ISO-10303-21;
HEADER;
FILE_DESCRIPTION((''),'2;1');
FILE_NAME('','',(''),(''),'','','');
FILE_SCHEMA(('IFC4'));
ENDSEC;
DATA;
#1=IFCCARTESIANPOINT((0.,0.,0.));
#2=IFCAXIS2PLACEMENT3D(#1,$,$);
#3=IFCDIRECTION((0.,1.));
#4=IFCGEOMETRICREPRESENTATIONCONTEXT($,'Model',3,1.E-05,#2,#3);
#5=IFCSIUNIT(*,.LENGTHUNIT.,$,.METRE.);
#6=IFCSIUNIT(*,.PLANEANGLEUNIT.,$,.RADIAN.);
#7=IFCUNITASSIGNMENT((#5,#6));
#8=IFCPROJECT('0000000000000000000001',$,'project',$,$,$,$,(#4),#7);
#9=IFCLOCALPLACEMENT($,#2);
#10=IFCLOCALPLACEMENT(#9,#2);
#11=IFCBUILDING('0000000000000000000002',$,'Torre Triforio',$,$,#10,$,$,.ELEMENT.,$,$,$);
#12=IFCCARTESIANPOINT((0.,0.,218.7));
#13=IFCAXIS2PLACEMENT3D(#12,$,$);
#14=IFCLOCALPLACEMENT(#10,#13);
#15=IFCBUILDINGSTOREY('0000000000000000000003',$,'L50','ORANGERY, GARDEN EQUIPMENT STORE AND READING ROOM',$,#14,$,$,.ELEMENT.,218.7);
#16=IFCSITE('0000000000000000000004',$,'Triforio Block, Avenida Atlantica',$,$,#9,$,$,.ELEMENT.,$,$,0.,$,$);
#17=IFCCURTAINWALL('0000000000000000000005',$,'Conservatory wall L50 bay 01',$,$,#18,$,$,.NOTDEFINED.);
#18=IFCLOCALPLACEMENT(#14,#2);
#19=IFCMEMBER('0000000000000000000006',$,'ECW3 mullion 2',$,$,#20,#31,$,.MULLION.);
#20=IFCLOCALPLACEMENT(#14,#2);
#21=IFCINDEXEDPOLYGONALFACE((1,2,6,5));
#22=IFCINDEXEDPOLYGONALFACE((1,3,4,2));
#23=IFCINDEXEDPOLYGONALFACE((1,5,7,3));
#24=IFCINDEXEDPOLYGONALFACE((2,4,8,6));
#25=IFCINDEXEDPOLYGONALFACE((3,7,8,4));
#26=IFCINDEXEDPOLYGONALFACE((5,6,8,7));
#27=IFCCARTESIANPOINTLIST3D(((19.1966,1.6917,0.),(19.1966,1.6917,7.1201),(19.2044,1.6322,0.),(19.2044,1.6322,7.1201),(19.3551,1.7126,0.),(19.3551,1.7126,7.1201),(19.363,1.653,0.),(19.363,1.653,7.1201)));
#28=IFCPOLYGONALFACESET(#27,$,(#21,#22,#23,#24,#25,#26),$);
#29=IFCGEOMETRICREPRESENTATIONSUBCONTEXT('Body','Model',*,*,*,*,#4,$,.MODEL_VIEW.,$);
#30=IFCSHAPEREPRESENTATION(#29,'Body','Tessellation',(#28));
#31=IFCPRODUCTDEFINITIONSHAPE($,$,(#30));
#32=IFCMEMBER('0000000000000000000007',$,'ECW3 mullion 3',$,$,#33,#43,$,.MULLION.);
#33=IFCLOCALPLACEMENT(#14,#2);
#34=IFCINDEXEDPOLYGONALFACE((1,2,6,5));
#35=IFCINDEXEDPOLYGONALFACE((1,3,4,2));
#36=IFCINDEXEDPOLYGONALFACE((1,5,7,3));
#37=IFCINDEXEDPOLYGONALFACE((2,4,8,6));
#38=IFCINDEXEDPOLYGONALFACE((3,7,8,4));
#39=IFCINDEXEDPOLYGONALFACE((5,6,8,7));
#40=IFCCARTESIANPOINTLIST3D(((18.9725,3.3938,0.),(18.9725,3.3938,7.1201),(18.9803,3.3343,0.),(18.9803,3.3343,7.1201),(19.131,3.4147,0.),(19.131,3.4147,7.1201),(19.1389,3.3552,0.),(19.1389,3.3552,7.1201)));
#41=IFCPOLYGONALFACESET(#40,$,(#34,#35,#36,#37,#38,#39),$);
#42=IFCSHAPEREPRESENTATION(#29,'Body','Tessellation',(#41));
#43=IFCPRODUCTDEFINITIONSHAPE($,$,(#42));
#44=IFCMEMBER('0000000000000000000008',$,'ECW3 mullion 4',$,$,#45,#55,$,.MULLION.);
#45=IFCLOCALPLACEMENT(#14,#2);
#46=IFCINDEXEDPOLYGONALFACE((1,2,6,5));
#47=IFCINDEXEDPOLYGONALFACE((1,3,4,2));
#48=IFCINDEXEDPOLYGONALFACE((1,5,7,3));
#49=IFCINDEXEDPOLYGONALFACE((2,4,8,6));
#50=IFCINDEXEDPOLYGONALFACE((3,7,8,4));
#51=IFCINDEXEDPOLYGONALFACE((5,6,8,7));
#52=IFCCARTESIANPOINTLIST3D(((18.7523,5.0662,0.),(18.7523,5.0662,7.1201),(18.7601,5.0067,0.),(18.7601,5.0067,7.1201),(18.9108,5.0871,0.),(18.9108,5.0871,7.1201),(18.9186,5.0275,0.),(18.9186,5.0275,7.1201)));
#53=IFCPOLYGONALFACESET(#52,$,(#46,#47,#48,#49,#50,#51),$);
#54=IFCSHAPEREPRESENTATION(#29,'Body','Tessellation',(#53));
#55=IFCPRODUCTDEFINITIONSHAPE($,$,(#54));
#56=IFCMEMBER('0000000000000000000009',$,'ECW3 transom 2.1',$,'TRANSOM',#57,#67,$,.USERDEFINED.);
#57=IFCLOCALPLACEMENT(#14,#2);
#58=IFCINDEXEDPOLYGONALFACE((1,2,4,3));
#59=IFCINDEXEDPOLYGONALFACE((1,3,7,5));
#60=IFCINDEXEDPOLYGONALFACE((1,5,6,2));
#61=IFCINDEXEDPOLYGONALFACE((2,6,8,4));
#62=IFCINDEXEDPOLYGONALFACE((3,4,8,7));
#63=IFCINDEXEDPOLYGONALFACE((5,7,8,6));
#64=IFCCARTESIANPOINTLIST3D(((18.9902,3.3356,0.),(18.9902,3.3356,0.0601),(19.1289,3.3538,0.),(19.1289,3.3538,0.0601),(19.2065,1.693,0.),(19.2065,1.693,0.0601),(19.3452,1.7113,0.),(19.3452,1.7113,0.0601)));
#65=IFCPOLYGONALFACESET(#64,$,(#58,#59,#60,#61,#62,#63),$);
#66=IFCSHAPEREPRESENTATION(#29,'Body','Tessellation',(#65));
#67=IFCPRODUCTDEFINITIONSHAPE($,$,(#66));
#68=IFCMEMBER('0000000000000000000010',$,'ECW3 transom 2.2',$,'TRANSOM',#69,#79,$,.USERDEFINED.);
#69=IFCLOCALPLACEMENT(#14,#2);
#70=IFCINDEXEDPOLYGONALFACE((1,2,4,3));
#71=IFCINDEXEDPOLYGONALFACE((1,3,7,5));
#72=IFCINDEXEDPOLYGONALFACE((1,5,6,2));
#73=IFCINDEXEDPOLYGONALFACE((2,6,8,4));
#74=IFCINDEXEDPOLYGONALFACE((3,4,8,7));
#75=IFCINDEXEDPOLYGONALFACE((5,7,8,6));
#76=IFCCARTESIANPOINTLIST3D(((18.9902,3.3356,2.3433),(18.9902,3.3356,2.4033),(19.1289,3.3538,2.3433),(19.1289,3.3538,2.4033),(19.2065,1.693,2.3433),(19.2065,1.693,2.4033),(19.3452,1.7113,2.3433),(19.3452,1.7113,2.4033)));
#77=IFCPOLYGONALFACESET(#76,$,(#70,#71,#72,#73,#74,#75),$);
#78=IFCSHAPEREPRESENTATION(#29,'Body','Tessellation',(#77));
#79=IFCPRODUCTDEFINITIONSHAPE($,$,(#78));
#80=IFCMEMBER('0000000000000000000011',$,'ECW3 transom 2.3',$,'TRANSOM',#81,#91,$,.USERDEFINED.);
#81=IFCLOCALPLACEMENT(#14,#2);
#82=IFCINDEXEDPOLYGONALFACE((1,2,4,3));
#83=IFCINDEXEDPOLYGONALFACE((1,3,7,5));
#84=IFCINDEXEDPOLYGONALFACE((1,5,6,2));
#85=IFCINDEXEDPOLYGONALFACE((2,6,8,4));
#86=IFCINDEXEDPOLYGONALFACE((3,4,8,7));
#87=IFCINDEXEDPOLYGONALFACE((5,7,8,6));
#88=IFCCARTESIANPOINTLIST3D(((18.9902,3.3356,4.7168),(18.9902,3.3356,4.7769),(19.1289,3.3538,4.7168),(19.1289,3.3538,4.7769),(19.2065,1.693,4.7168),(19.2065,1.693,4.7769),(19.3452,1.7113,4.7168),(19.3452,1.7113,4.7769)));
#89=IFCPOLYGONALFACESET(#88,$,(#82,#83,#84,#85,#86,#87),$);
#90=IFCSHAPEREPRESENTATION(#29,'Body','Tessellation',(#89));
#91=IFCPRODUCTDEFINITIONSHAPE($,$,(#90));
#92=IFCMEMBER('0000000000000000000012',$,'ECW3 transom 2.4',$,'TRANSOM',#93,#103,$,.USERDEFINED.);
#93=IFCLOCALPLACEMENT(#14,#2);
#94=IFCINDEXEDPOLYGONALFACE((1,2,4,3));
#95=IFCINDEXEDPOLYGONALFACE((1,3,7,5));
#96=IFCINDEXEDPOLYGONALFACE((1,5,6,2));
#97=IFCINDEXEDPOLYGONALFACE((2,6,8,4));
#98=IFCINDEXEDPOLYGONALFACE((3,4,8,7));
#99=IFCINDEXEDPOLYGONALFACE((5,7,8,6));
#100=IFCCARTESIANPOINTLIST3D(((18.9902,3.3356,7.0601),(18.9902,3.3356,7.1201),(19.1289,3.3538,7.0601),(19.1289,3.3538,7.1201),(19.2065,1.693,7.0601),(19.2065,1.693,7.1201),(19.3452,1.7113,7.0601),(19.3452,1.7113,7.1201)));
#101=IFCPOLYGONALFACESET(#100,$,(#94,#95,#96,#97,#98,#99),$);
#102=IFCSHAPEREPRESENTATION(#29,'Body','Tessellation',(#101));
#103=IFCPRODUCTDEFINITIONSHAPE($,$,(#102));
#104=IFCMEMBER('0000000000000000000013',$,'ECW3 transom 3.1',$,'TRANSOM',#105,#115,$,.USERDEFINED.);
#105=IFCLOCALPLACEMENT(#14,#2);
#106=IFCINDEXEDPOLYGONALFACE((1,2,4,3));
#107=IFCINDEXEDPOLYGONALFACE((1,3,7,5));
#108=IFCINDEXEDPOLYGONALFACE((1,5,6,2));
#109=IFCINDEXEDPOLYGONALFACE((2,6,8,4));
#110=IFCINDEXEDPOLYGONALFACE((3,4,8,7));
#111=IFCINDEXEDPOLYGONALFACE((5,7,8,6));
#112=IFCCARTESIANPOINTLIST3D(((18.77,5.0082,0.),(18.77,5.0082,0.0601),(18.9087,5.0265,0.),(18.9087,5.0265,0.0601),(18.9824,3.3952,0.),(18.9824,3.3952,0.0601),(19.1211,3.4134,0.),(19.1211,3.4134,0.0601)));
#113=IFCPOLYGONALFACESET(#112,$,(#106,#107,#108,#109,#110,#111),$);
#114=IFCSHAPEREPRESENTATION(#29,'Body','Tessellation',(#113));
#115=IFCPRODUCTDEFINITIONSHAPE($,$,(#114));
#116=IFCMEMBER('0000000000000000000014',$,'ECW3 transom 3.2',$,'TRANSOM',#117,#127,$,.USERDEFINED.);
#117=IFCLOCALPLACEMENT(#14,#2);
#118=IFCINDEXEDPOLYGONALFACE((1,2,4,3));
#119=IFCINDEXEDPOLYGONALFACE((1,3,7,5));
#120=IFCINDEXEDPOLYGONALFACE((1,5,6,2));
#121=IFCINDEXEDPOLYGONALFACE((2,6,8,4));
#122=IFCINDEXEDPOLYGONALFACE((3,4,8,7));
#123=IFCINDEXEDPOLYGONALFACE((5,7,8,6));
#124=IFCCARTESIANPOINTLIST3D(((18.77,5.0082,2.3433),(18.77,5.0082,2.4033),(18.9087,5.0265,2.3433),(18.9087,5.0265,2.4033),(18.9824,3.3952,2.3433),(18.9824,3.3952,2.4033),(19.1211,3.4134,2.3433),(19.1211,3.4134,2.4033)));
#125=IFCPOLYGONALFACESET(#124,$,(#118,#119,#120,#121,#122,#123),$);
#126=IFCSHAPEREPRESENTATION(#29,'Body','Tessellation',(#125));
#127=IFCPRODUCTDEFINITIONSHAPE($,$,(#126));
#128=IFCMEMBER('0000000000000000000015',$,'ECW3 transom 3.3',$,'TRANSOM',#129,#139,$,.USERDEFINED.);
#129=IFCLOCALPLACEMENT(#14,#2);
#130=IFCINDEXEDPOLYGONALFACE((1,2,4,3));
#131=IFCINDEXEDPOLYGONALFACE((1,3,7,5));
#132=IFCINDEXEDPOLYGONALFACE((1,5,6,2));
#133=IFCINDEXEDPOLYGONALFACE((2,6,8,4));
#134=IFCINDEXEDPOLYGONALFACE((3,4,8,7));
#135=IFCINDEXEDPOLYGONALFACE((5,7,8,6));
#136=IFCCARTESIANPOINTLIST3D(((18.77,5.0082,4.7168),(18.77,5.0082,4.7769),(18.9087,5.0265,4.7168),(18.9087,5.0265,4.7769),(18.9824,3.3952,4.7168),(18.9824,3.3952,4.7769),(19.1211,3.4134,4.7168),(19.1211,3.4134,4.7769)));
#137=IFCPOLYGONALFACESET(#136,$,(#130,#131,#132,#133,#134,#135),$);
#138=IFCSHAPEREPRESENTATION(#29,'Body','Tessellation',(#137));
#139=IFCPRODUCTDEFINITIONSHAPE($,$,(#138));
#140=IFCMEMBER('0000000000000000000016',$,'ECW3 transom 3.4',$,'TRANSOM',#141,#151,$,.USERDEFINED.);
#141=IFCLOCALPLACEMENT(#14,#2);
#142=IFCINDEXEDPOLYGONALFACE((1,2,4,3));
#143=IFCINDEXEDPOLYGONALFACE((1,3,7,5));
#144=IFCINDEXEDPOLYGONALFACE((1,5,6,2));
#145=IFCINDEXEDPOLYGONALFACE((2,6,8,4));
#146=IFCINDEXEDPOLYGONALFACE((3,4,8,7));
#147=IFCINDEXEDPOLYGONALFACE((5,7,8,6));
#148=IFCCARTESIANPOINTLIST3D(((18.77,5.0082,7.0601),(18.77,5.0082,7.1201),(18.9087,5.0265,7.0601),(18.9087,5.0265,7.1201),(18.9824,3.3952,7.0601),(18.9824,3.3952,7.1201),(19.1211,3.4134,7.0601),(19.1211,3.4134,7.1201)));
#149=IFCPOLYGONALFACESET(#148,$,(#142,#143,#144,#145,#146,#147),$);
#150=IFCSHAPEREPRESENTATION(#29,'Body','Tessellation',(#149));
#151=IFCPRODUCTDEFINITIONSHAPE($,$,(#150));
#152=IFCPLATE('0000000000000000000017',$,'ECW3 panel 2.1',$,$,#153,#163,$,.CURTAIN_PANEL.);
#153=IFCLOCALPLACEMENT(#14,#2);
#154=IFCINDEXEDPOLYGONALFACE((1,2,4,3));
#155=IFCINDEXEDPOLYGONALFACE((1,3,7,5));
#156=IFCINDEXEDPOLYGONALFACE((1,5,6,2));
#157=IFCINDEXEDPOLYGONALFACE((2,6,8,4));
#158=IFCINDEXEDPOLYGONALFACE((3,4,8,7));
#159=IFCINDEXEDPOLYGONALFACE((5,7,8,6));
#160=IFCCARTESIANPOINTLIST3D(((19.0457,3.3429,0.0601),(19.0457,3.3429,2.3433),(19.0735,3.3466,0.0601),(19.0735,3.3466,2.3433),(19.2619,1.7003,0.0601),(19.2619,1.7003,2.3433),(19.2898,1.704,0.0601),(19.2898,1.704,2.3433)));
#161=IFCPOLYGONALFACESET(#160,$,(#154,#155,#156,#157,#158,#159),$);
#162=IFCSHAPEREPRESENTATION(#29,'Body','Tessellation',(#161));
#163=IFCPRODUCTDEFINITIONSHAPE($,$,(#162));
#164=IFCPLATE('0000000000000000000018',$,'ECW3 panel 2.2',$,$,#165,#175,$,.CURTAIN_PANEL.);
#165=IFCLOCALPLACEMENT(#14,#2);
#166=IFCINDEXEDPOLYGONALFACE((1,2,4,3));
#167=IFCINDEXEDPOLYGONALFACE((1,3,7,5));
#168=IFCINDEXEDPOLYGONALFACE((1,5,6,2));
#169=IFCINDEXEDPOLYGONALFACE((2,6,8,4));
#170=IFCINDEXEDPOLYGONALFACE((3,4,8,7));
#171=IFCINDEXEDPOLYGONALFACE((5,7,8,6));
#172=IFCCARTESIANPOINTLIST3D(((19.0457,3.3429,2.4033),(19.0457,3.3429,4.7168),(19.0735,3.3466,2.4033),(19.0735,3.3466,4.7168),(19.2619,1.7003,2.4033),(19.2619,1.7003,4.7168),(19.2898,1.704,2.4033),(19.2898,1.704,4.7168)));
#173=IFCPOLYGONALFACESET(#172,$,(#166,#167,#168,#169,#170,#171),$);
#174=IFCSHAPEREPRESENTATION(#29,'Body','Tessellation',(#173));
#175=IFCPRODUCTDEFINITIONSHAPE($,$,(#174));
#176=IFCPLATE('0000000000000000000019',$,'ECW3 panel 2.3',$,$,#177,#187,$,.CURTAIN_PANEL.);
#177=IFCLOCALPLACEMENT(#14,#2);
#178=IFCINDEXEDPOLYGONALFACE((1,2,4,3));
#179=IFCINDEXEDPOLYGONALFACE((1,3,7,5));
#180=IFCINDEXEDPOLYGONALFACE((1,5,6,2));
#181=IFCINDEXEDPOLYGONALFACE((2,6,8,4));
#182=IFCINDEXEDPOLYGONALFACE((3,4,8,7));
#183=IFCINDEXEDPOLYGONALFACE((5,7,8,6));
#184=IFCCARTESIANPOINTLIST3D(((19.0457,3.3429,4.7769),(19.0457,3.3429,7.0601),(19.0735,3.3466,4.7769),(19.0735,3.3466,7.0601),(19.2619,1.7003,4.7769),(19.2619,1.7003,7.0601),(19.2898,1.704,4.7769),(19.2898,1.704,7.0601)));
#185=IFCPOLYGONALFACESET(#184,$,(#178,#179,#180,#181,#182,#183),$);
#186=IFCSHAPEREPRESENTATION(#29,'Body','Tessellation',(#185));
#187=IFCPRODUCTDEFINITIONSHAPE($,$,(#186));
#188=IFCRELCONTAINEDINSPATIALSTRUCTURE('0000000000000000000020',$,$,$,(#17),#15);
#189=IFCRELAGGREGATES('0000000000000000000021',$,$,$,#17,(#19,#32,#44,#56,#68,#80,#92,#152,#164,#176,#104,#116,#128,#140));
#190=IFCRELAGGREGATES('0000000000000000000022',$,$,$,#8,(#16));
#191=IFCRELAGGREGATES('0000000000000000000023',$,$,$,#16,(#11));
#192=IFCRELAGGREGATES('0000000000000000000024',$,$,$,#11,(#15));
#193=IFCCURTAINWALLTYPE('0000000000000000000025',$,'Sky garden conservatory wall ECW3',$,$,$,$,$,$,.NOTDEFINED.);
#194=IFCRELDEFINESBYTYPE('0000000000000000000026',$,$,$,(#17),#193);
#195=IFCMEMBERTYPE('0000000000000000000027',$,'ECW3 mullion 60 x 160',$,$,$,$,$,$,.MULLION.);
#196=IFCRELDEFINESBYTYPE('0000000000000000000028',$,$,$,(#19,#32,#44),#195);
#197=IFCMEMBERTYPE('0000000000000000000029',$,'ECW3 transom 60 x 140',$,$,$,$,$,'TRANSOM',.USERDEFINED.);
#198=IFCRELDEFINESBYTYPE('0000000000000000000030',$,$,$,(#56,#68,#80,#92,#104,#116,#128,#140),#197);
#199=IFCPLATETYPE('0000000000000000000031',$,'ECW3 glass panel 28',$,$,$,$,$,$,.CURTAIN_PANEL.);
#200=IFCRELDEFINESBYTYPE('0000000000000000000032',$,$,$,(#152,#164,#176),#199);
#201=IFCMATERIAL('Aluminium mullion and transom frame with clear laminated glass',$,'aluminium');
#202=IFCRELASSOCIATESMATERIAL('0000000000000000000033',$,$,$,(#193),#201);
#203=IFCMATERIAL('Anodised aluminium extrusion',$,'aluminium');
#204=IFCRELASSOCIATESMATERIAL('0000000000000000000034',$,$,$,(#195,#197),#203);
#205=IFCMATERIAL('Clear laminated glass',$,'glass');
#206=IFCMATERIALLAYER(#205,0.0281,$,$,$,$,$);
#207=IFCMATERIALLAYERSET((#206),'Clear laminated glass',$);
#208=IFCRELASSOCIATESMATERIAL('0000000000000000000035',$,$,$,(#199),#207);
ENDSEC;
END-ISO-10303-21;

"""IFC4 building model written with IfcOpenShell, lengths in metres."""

from ifc_helpers import new_model, si_unit, direction, frame, origin, origin_2d, place, context, subcontext, project, spatial, rectangle, extrude, material, layer, layer_set, material_profile, profile_set, type_object, element, aggregate, save


model = new_model("IFC4")

# Units and contexts
model_context = context("Model", 3, precision=1e-05, world=origin(), true_north=direction((0.0, 1.0)))
body_context = subcontext(model_context, "Body", "Model", "MODEL_VIEW")
ifc_project = project(units=[si_unit("LENGTHUNIT", "METRE"), si_unit("PLANEANGLEUNIT", "RADIAN")], contexts=[model_context])

# Site, building, storey
site_placement = place(None, origin())
site = spatial("IfcSite", under=ifc_project, at=site_placement, Name="Triforio Block, Avenida Atlantica", CompositionType="ELEMENT", RefElevation=0.0)
building_placement = place(site_placement, origin())
building = spatial("IfcBuilding", under=site, at=building_placement, Name="Torre Triforio", CompositionType="ELEMENT")
storey_placement = place(building_placement, frame((0.0, 0.0, 218.7)))
storey = spatial("IfcBuildingStorey", under=building, at=storey_placement, Name="L50", Description="ORANGERY, GARDEN EQUIPMENT STORE AND READING ROOM", CompositionType="ELEMENT", Elevation=218.7)

# Curtain wall, members, plates
ifc_material_1 = material(Name="Aluminium mullion and transom frame with clear laminated glass", Category="aluminium")
curtain_wall_type = type_object("IfcCurtainWallType", Name="Sky garden conservatory wall ECW3", PredefinedType="NOTDEFINED", material=ifc_material_1)
curtain_wall_placement = place(storey_placement, origin())
curtain_wall = element("IfcCurtainWall", 1, at=curtain_wall_placement, inside=storey, type_object=curtain_wall_type, Name="Conservatory wall L50 bay 01", PredefinedType="NOTDEFINED")
ifc_material_2 = material(Name="Anodised aluminium extrusion", Category="aluminium")
ifc_material_profile_1 = material_profile(ifc_material_2, rectangle(XDim=0.1599, YDim=0.0601, at=origin_2d()), Name="ECW3 MULLION 60x160")
ifc_profile_set_1 = profile_set([ifc_material_profile_1], Name="Anodised aluminium extrusion")
member_type_1 = type_object("IfcMemberType", Name="ECW3 mullion 60 x 160", PredefinedType="MULLION", material=ifc_profile_set_1)
member_1_placement = place(storey_placement, frame((19.2798, 1.6724, 0.0), z_axis=(0.0, 0.0, 1.0), x_axis=(-0.991444, -0.130532, 0.0)))
member_1 = element("IfcMember", 2, at=member_1_placement, type_object=member_type_1, Name="ECW3 mullion 2", PredefinedType="MULLION", context=body_context, shape_type="SweptSolid", body=[
    extrude(rectangle(XDim=0.1599, YDim=0.0601, at=origin_2d()), origin(), (0.0, 0.0, 1.0), 7.1201),
])
member_2_placement = place(storey_placement, frame((19.0557, 3.3745, 0.0), z_axis=(0.0, 0.0, 1.0), x_axis=(-0.991444, -0.130532, 0.0)))
member_2 = element("IfcMember", 3, at=member_2_placement, type_object=member_type_1, Name="ECW3 mullion 3", PredefinedType="MULLION", context=body_context, shape_type="SweptSolid", body=[
    extrude(rectangle(XDim=0.1599, YDim=0.0601, at=origin_2d()), origin(), (0.0, 0.0, 1.0), 7.1201),
])
member_3_placement = place(storey_placement, frame((18.8354, 5.0469, 0.0), z_axis=(0.0, 0.0, 1.0), x_axis=(-0.991444, -0.130532, 0.0)))
member_3 = element("IfcMember", 4, at=member_3_placement, type_object=member_type_1, Name="ECW3 mullion 4", PredefinedType="MULLION", context=body_context, shape_type="SweptSolid", body=[
    extrude(rectangle(XDim=0.1599, YDim=0.0601, at=origin_2d()), origin(), (0.0, 0.0, 1.0), 7.1201),
])
ifc_material_profile_2 = material_profile(ifc_material_2, rectangle(XDim=0.1399, YDim=0.0601, at=origin_2d()), Name="ECW3 TRANSOM 60x140")
ifc_profile_set_2 = profile_set([ifc_material_profile_2], Name="Anodised aluminium extrusion")
member_type_2 = type_object("IfcMemberType", Name="ECW3 transom 60 x 140", ElementType="TRANSOM", PredefinedType="USERDEFINED", material=ifc_profile_set_2)
member_4_placement = place(storey_placement, frame((19.2759, 1.7021, 0.03), z_axis=(-0.130561, 0.99144, 0.0), x_axis=(-0.99144, -0.130561, 0.0)))
member_4 = element("IfcMember", 5, at=member_4_placement, type_object=member_type_2, Name="ECW3 transom 2.1", ObjectType="TRANSOM", PredefinedType="USERDEFINED", context=body_context, shape_type="SweptSolid", body=[
    extrude(rectangle(XDim=0.1399, YDim=0.0601, at=origin_2d()), origin(), (0.0, 0.0, 1.0), 1.6567),
])
member_5_placement = place(storey_placement, frame((19.2759, 1.7021, 2.3733), z_axis=(-0.130561, 0.99144, 0.0), x_axis=(-0.99144, -0.130561, 0.0)))
member_5 = element("IfcMember", 6, at=member_5_placement, type_object=member_type_2, Name="ECW3 transom 2.2", ObjectType="TRANSOM", PredefinedType="USERDEFINED", context=body_context, shape_type="SweptSolid", body=[
    extrude(rectangle(XDim=0.1399, YDim=0.0601, at=origin_2d()), origin(), (0.0, 0.0, 1.0), 1.6567),
])
member_6_placement = place(storey_placement, frame((19.2759, 1.7021, 4.7468), z_axis=(-0.130561, 0.99144, 0.0), x_axis=(-0.99144, -0.130561, 0.0)))
member_6 = element("IfcMember", 7, at=member_6_placement, type_object=member_type_2, Name="ECW3 transom 2.3", ObjectType="TRANSOM", PredefinedType="USERDEFINED", context=body_context, shape_type="SweptSolid", body=[
    extrude(rectangle(XDim=0.1399, YDim=0.0601, at=origin_2d()), origin(), (0.0, 0.0, 1.0), 1.6567),
])
member_7_placement = place(storey_placement, frame((19.2759, 1.7021, 7.0901), z_axis=(-0.130561, 0.99144, 0.0), x_axis=(-0.99144, -0.130561, 0.0)))
member_7 = element("IfcMember", 8, at=member_7_placement, type_object=member_type_2, Name="ECW3 transom 2.4", ObjectType="TRANSOM", PredefinedType="USERDEFINED", context=body_context, shape_type="SweptSolid", body=[
    extrude(rectangle(XDim=0.1399, YDim=0.0601, at=origin_2d()), origin(), (0.0, 0.0, 1.0), 1.6567),
])
member_8_placement = place(storey_placement, frame((19.0518, 3.4043, 0.03), z_axis=(-0.130552, 0.991442, 0.0), x_axis=(-0.991442, -0.130552, 0.0)))
member_8 = element("IfcMember", 9, at=member_8_placement, type_object=member_type_2, Name="ECW3 transom 3.1", ObjectType="TRANSOM", PredefinedType="USERDEFINED", context=body_context, shape_type="SweptSolid", body=[
    extrude(rectangle(XDim=0.1399, YDim=0.0601, at=origin_2d()), origin(), (0.0, 0.0, 1.0), 1.627),
])
member_9_placement = place(storey_placement, frame((19.0518, 3.4043, 2.3733), z_axis=(-0.130552, 0.991442, 0.0), x_axis=(-0.991442, -0.130552, 0.0)))
member_9 = element("IfcMember", 10, at=member_9_placement, type_object=member_type_2, Name="ECW3 transom 3.2", ObjectType="TRANSOM", PredefinedType="USERDEFINED", context=body_context, shape_type="SweptSolid", body=[
    extrude(rectangle(XDim=0.1399, YDim=0.0601, at=origin_2d()), origin(), (0.0, 0.0, 1.0), 1.627),
])
member_10_placement = place(storey_placement, frame((19.0518, 3.4043, 4.7468), z_axis=(-0.130552, 0.991442, 0.0), x_axis=(-0.991442, -0.130552, 0.0)))
member_10 = element("IfcMember", 11, at=member_10_placement, type_object=member_type_2, Name="ECW3 transom 3.3", ObjectType="TRANSOM", PredefinedType="USERDEFINED", context=body_context, shape_type="SweptSolid", body=[
    extrude(rectangle(XDim=0.1399, YDim=0.0601, at=origin_2d()), origin(), (0.0, 0.0, 1.0), 1.627),
])
member_11_placement = place(storey_placement, frame((19.0518, 3.4043, 7.0901), z_axis=(-0.130552, 0.991442, 0.0), x_axis=(-0.991442, -0.130552, 0.0)))
member_11 = element("IfcMember", 12, at=member_11_placement, type_object=member_type_2, Name="ECW3 transom 3.4", ObjectType="TRANSOM", PredefinedType="USERDEFINED", context=body_context, shape_type="SweptSolid", body=[
    extrude(rectangle(XDim=0.1399, YDim=0.0601, at=origin_2d()), origin(), (0.0, 0.0, 1.0), 1.627),
])
ifc_material_3 = material(Name="Clear laminated glass", Category="glass")
ifc_layer_1 = layer(ifc_material_3, 0.0281)
ifc_layer_set_1 = layer_set([ifc_layer_1], Name="Clear laminated glass")
plate_type = type_object("IfcPlateType", Name="ECW3 glass panel 28", PredefinedType="CURTAIN_PANEL", material=ifc_layer_set_1)
plate_1_placement = place(storey_placement, frame((19.1677, 2.5234, 0.0601), z_axis=(0.0, 0.0, 1.0), x_axis=(-0.130532, 0.991444, 0.0)))
plate_1 = element("IfcPlate", 13, at=plate_1_placement, type_object=plate_type, Name="ECW3 panel 2.1", PredefinedType="CURTAIN_PANEL", context=body_context, shape_type="SweptSolid", body=[
    extrude(rectangle(XDim=1.6567, YDim=0.0281, at=origin_2d()), origin(), (0.0, 0.0, 1.0), 2.2832),
])
plate_2_placement = place(storey_placement, frame((19.1677, 2.5234, 2.4033), z_axis=(0.0, 0.0, 1.0), x_axis=(-0.130532, 0.991444, 0.0)))
plate_2 = element("IfcPlate", 14, at=plate_2_placement, type_object=plate_type, Name="ECW3 panel 2.2", PredefinedType="CURTAIN_PANEL", context=body_context, shape_type="SweptSolid", body=[
    extrude(rectangle(XDim=1.6567, YDim=0.0281, at=origin_2d()), origin(), (0.0, 0.0, 1.0), 2.3135),
])
plate_3_placement = place(storey_placement, frame((19.1677, 2.5234, 4.7769), z_axis=(0.0, 0.0, 1.0), x_axis=(-0.130532, 0.991444, 0.0)))
plate_3 = element("IfcPlate", 15, at=plate_3_placement, type_object=plate_type, Name="ECW3 panel 2.3", PredefinedType="CURTAIN_PANEL", context=body_context, shape_type="SweptSolid", body=[
    extrude(rectangle(XDim=1.6567, YDim=0.0281, at=origin_2d()), origin(), (0.0, 0.0, 1.0), 2.2832),
])
aggregate(curtain_wall, [member_1, member_2, member_3, member_4, member_5, member_6, member_7, plate_1, plate_2, plate_3, member_8, member_9, member_10, member_11])

save(model, "model.ifc")
